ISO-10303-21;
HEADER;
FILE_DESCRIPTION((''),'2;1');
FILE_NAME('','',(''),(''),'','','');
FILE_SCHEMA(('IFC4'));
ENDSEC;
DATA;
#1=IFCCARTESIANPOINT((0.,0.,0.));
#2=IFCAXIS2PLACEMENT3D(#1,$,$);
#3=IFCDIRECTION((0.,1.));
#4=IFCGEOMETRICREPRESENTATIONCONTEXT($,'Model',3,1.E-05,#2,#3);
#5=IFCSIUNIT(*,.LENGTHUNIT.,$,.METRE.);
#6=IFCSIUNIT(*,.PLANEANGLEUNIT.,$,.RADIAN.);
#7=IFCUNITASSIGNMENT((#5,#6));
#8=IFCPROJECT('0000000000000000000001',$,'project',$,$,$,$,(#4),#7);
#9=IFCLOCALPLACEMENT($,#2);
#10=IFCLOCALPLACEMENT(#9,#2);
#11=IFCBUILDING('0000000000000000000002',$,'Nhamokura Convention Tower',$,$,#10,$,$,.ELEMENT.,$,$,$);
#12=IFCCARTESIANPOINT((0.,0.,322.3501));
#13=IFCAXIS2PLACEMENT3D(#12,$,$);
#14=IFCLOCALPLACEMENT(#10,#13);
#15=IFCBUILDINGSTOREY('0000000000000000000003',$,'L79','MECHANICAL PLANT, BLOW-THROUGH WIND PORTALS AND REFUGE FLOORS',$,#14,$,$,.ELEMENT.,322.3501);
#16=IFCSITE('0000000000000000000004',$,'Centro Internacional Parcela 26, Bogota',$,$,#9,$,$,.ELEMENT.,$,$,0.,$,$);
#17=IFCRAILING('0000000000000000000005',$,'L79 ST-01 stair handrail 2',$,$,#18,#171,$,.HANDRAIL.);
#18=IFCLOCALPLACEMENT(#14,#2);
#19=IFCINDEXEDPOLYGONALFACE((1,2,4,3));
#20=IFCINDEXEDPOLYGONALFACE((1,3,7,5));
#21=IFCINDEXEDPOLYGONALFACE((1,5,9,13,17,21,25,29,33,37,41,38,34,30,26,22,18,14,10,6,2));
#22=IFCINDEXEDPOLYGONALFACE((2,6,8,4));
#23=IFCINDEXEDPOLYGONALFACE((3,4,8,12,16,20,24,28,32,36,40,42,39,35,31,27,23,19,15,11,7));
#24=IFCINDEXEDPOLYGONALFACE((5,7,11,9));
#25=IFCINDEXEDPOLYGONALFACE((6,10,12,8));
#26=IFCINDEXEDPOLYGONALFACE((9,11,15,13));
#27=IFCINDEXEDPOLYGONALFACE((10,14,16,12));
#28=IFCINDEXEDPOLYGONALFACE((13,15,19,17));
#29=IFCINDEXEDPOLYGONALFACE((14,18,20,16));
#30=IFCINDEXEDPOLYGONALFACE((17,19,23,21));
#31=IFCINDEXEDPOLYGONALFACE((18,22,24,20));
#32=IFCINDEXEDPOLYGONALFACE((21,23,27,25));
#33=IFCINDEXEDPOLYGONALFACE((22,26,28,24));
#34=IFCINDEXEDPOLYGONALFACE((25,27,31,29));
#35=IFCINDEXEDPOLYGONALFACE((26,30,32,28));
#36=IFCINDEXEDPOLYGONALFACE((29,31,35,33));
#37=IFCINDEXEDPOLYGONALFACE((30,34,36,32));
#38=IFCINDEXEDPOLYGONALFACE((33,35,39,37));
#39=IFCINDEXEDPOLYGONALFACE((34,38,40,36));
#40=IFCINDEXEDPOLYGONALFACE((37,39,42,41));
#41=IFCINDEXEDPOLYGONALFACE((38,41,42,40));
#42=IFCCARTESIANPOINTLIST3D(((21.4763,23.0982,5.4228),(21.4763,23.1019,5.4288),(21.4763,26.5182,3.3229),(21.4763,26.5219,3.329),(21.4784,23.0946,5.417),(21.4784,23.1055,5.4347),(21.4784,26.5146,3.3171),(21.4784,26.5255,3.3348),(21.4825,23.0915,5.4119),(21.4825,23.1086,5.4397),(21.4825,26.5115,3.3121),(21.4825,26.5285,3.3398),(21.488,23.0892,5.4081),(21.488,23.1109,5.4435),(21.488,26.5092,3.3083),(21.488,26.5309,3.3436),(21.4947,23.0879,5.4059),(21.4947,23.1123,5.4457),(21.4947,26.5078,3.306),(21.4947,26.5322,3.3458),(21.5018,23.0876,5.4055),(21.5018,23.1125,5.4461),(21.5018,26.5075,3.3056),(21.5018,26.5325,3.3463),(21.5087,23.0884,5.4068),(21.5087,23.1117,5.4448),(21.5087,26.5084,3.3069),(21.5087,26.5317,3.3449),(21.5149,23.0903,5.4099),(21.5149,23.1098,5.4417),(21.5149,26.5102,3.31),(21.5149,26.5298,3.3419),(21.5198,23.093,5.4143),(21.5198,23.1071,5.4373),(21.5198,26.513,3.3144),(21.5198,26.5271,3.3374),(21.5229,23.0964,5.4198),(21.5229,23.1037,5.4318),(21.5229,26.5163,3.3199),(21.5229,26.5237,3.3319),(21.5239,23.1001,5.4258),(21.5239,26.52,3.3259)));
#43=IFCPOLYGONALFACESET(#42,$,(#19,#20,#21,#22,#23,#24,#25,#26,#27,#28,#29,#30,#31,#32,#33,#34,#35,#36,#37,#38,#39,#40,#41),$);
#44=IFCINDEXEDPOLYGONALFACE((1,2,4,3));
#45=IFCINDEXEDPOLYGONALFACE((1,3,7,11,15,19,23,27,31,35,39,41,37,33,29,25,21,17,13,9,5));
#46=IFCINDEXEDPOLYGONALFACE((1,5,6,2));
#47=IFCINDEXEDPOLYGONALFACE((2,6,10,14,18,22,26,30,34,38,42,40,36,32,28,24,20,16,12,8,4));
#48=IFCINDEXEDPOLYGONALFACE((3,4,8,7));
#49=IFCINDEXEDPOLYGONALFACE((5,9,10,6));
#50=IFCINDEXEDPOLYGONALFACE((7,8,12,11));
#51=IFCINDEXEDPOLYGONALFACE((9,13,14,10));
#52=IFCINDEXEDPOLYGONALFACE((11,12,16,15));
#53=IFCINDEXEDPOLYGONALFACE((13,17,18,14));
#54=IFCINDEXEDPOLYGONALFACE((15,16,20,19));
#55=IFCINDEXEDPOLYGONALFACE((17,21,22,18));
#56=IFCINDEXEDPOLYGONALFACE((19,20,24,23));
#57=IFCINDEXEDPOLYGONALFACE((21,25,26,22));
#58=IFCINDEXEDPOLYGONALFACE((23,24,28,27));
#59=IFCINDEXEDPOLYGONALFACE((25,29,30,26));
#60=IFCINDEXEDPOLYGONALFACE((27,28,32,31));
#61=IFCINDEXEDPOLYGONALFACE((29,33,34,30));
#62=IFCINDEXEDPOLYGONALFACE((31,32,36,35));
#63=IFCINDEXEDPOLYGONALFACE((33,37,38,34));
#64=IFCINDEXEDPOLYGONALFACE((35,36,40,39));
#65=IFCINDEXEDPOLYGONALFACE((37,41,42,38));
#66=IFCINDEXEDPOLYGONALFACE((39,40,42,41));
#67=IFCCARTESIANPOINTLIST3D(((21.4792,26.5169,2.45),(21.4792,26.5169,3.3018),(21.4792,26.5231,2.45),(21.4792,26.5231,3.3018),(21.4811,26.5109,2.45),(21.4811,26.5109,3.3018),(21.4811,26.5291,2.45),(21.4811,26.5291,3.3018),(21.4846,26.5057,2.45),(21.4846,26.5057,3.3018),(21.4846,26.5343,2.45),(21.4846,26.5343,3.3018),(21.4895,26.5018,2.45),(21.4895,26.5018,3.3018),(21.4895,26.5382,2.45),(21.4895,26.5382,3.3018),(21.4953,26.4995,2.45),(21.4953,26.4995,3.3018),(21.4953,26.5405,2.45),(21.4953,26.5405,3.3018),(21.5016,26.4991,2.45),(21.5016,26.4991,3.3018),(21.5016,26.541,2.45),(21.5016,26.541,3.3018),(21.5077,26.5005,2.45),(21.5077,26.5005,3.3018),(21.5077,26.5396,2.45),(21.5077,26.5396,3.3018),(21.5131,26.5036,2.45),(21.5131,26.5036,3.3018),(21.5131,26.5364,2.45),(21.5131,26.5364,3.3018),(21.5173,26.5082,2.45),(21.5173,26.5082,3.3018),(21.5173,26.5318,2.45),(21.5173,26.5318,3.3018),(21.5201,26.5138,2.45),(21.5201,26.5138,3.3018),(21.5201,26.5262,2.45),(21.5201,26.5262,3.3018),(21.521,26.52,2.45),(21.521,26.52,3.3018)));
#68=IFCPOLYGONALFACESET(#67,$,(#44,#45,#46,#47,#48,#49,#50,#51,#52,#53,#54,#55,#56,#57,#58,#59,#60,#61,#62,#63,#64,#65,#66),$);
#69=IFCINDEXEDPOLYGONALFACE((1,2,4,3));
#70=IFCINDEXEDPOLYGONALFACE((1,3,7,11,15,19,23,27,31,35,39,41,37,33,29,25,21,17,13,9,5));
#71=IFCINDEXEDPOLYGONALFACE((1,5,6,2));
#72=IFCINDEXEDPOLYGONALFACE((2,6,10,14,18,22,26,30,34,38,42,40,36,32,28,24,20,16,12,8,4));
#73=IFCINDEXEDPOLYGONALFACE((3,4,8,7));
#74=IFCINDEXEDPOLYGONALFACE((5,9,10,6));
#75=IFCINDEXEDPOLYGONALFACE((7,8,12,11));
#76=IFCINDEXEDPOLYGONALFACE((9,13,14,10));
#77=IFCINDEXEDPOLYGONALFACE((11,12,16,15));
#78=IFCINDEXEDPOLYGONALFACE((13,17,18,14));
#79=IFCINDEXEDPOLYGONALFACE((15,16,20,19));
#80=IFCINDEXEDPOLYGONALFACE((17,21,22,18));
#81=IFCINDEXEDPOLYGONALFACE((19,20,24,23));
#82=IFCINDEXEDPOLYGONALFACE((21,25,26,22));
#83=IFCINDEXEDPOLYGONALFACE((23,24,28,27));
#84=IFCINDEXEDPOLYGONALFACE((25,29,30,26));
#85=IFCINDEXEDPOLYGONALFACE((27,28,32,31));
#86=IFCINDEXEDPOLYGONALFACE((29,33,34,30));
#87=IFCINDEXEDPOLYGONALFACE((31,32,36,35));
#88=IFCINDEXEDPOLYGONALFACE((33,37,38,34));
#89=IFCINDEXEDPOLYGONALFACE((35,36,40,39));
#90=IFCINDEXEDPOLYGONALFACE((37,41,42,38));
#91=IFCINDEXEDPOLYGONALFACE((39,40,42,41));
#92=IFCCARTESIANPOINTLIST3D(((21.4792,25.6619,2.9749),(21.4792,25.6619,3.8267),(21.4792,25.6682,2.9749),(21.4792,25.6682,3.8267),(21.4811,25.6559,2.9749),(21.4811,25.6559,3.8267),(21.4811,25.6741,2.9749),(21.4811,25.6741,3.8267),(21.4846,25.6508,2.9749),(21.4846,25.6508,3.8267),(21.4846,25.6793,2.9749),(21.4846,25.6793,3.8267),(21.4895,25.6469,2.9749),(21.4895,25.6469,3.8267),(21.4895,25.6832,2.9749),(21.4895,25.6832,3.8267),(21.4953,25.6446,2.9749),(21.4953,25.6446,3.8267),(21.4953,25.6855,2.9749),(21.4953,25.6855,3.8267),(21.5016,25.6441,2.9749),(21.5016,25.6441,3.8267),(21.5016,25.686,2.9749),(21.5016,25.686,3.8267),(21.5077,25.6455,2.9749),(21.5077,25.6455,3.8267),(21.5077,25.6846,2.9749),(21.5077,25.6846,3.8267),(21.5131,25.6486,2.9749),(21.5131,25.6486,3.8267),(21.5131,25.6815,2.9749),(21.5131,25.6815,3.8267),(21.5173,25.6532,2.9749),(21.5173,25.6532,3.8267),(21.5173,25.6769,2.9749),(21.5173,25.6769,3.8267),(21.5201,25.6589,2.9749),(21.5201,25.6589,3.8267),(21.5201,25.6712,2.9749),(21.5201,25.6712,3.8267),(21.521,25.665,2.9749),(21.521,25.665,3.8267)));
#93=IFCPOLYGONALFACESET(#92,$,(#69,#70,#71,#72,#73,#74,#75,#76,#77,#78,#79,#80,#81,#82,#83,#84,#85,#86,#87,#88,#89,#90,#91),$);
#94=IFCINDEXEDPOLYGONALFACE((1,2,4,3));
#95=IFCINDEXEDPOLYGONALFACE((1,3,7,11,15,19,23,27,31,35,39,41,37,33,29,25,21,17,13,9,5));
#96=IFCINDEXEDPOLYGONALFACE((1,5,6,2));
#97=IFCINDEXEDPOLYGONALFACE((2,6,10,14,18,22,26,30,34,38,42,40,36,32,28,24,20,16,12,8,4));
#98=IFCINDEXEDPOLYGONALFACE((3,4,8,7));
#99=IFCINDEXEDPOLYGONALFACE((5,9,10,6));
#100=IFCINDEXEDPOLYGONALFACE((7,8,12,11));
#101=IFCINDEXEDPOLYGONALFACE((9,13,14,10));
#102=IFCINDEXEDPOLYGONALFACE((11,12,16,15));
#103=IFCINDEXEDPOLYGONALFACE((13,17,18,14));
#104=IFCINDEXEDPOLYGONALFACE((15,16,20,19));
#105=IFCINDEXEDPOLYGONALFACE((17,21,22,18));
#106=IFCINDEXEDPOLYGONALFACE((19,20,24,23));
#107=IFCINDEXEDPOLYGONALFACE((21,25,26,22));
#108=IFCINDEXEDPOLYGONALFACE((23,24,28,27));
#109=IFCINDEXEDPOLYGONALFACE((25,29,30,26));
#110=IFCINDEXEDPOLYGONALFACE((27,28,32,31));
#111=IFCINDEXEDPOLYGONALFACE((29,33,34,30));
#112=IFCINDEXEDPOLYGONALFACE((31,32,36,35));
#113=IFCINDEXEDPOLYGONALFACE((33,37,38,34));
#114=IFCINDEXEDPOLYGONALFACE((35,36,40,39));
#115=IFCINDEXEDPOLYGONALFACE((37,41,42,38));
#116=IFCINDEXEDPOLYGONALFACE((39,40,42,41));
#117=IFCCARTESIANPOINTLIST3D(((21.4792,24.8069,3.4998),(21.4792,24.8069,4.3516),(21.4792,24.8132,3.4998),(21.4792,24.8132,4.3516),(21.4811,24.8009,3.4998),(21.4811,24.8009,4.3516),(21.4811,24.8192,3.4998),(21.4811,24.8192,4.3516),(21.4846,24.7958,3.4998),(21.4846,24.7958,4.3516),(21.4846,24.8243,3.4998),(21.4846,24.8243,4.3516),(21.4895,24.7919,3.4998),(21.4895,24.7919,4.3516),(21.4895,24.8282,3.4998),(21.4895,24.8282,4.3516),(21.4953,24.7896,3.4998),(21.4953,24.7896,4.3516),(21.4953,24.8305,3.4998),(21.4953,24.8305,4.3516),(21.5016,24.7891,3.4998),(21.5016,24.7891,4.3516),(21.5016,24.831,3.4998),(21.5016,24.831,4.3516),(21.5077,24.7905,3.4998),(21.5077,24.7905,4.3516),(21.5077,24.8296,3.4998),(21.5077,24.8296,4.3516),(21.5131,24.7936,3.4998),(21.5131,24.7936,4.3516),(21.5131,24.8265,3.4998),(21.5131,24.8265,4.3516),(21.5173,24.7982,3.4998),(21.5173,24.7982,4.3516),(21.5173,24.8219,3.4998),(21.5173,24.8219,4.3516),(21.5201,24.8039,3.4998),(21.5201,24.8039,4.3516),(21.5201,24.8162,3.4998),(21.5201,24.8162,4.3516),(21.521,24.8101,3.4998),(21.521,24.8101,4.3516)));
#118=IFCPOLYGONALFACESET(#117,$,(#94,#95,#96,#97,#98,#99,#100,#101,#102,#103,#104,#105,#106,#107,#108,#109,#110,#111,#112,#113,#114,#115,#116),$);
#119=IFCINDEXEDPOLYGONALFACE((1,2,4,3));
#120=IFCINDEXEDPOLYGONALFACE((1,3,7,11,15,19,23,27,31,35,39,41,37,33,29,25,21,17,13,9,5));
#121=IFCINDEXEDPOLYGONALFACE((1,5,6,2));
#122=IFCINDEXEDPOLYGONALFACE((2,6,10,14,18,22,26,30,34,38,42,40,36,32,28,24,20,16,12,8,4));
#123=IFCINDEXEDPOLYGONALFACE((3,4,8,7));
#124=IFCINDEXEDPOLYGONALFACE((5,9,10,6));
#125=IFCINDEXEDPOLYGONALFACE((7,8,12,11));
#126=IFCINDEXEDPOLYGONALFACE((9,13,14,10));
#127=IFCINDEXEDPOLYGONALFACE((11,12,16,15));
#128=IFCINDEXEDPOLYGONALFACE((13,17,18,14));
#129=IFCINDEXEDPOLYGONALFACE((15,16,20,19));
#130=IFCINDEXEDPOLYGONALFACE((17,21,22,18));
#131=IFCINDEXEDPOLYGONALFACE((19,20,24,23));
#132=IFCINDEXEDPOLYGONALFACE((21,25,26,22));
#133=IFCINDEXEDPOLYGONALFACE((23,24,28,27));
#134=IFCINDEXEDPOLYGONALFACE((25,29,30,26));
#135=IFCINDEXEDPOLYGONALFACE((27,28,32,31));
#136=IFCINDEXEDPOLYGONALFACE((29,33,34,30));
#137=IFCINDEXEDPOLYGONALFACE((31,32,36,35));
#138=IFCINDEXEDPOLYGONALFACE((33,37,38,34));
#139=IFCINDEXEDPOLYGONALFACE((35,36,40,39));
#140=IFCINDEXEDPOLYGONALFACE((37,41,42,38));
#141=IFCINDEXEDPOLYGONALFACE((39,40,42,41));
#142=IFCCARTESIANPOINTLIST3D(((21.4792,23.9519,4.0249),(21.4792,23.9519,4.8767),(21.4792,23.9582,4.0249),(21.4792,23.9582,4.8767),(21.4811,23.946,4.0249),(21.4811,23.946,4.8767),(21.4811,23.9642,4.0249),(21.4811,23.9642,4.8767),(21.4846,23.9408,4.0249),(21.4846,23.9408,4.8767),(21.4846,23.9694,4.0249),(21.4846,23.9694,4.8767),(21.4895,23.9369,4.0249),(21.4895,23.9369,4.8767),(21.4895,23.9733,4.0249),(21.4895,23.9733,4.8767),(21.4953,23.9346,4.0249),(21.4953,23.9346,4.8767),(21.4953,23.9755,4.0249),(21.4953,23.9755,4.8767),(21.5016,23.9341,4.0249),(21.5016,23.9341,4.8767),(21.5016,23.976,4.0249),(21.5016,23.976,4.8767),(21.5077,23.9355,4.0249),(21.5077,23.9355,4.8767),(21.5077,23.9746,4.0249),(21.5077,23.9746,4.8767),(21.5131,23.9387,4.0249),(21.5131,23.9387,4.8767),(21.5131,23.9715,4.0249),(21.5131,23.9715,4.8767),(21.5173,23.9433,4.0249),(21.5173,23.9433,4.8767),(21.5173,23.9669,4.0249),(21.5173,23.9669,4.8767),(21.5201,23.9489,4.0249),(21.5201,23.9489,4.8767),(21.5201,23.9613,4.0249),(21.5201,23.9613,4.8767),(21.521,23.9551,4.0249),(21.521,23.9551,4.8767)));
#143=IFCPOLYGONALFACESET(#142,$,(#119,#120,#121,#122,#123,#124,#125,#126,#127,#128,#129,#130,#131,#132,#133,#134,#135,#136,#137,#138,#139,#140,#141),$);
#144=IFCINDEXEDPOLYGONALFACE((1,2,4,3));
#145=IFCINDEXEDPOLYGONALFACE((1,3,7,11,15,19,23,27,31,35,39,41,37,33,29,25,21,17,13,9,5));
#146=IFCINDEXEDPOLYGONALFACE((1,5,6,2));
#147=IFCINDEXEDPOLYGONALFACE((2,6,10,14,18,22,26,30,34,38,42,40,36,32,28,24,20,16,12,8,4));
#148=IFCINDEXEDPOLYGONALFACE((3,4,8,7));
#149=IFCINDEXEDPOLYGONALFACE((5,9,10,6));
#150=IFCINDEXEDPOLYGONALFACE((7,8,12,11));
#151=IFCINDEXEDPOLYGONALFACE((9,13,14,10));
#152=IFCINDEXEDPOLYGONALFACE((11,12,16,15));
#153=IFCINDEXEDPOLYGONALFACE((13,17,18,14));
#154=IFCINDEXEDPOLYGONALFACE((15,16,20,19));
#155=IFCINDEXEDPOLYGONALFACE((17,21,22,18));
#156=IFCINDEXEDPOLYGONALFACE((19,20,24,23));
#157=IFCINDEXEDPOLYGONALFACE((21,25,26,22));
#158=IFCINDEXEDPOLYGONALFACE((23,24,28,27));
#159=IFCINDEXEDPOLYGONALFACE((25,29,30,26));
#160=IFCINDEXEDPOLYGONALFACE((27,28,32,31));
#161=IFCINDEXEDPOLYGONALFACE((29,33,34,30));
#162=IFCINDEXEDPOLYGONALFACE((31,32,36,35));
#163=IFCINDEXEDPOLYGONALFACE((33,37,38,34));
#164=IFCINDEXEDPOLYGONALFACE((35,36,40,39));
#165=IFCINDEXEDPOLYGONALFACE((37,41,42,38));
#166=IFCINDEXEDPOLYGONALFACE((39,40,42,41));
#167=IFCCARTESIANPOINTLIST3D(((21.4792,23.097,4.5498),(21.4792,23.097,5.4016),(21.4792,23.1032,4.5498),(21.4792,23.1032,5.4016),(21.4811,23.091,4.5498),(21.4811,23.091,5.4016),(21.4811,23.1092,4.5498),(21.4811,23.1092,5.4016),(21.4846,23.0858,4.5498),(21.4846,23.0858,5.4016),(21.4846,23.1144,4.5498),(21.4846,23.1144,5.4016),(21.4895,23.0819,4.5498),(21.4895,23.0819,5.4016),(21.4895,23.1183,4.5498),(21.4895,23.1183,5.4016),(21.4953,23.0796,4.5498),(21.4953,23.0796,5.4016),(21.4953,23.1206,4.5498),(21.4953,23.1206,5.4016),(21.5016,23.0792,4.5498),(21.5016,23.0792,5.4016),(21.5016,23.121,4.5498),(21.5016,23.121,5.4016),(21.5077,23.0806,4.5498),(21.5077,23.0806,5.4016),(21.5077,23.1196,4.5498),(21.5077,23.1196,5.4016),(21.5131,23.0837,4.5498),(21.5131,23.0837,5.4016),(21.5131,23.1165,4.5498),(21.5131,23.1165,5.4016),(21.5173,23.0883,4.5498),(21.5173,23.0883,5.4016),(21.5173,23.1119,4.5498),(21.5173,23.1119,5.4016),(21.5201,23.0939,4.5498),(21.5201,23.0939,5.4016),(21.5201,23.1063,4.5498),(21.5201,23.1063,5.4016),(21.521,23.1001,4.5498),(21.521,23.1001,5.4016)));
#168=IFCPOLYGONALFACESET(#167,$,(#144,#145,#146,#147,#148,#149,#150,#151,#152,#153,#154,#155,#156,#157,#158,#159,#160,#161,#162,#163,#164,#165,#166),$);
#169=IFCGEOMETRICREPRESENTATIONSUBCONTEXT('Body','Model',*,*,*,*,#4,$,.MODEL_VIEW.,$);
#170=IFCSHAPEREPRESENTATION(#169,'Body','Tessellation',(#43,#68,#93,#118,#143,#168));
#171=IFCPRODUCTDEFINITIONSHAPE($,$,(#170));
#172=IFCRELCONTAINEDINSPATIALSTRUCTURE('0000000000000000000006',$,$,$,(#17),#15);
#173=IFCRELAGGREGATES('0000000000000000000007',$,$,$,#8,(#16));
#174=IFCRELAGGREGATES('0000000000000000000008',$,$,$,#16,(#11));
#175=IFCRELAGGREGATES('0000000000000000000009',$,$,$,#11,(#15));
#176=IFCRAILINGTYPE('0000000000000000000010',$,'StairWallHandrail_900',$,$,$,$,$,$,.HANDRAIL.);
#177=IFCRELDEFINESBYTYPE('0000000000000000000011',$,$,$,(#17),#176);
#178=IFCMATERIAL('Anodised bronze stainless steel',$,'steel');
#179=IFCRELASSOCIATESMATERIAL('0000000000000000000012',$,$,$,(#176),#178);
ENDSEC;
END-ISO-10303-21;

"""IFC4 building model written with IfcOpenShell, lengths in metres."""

from ifc_helpers import new_model, si_unit, direction, frame, origin, origin_2d, place, context, subcontext, project, spatial, circle, extrude, material, type_object, element, save


model = new_model("IFC4")

# Units and contexts
model_context = context("Model", 3, precision=1e-05, world=origin(), true_north=direction((0.0, 1.0)))
body_context = subcontext(model_context, "Body", "Model", "MODEL_VIEW")
ifc_project = project(units=[si_unit("LENGTHUNIT", "METRE"), si_unit("PLANEANGLEUNIT", "RADIAN")], contexts=[model_context])

# Site, building, storey
site_placement = place(None, origin())
site = spatial("IfcSite", under=ifc_project, at=site_placement, Name="Centro Internacional Parcela 26, Bogota", CompositionType="ELEMENT", RefElevation=0.0)
building_placement = place(site_placement, origin())
building = spatial("IfcBuilding", under=site, at=building_placement, Name="Nhamokura Convention Tower", CompositionType="ELEMENT")
storey_placement = place(building_placement, frame((0.0, 0.0, 322.3501)))
storey = spatial("IfcBuildingStorey", under=building, at=storey_placement, Name="L79", Description="MECHANICAL PLANT, BLOW-THROUGH WIND PORTALS AND REFUGE FLOORS", CompositionType="ELEMENT", Elevation=322.3501)

# Railing
ifc_material_1 = material(Name="Anodised bronze stainless steel", Category="steel")
railing_type_1 = type_object("IfcRailingType", Name="StairWallHandrail_900", PredefinedType="HANDRAIL", material=ifc_material_1)
railing_1_placement = place(storey_placement, frame((21.5, 26.52, 2.45)))
element("IfcRailing", 1, at=railing_1_placement, inside=storey, type_object=railing_type_1, Name="L79 ST-01 stair handrail 2", PredefinedType="HANDRAIL", context=body_context, shape_type="SweptSolid", body=[
    extrude(circle(Radius=0.0239, at=origin_2d()), frame((0.0, 0.0, 0.876), z_axis=(0.0, -0.852182, 0.523245), x_axis=(1.0, 0.0, 0.0)), (0.0, 0.0, 1.0), 4.0132),
    extrude(circle(Radius=0.021, at=origin_2d()), origin(), (0.0, 0.0, 1.0), 0.8518),
    extrude(circle(Radius=0.021, at=origin_2d()), frame((0.0, -0.855, 0.5249)), (0.0, 0.0, 1.0), 0.8518),
    extrude(circle(Radius=0.021, at=origin_2d()), frame((0.0, -1.71, 1.0498)), (0.0, 0.0, 1.0), 0.8518),
    extrude(circle(Radius=0.021, at=origin_2d()), frame((0.0, -2.5649, 1.575)), (0.0, 0.0, 1.0), 0.8518),
    extrude(circle(Radius=0.021, at=origin_2d()), frame((0.0, -3.4199, 2.0999)), (0.0, 0.0, 1.0), 0.8518),
])

save(model, "model.ifc")
